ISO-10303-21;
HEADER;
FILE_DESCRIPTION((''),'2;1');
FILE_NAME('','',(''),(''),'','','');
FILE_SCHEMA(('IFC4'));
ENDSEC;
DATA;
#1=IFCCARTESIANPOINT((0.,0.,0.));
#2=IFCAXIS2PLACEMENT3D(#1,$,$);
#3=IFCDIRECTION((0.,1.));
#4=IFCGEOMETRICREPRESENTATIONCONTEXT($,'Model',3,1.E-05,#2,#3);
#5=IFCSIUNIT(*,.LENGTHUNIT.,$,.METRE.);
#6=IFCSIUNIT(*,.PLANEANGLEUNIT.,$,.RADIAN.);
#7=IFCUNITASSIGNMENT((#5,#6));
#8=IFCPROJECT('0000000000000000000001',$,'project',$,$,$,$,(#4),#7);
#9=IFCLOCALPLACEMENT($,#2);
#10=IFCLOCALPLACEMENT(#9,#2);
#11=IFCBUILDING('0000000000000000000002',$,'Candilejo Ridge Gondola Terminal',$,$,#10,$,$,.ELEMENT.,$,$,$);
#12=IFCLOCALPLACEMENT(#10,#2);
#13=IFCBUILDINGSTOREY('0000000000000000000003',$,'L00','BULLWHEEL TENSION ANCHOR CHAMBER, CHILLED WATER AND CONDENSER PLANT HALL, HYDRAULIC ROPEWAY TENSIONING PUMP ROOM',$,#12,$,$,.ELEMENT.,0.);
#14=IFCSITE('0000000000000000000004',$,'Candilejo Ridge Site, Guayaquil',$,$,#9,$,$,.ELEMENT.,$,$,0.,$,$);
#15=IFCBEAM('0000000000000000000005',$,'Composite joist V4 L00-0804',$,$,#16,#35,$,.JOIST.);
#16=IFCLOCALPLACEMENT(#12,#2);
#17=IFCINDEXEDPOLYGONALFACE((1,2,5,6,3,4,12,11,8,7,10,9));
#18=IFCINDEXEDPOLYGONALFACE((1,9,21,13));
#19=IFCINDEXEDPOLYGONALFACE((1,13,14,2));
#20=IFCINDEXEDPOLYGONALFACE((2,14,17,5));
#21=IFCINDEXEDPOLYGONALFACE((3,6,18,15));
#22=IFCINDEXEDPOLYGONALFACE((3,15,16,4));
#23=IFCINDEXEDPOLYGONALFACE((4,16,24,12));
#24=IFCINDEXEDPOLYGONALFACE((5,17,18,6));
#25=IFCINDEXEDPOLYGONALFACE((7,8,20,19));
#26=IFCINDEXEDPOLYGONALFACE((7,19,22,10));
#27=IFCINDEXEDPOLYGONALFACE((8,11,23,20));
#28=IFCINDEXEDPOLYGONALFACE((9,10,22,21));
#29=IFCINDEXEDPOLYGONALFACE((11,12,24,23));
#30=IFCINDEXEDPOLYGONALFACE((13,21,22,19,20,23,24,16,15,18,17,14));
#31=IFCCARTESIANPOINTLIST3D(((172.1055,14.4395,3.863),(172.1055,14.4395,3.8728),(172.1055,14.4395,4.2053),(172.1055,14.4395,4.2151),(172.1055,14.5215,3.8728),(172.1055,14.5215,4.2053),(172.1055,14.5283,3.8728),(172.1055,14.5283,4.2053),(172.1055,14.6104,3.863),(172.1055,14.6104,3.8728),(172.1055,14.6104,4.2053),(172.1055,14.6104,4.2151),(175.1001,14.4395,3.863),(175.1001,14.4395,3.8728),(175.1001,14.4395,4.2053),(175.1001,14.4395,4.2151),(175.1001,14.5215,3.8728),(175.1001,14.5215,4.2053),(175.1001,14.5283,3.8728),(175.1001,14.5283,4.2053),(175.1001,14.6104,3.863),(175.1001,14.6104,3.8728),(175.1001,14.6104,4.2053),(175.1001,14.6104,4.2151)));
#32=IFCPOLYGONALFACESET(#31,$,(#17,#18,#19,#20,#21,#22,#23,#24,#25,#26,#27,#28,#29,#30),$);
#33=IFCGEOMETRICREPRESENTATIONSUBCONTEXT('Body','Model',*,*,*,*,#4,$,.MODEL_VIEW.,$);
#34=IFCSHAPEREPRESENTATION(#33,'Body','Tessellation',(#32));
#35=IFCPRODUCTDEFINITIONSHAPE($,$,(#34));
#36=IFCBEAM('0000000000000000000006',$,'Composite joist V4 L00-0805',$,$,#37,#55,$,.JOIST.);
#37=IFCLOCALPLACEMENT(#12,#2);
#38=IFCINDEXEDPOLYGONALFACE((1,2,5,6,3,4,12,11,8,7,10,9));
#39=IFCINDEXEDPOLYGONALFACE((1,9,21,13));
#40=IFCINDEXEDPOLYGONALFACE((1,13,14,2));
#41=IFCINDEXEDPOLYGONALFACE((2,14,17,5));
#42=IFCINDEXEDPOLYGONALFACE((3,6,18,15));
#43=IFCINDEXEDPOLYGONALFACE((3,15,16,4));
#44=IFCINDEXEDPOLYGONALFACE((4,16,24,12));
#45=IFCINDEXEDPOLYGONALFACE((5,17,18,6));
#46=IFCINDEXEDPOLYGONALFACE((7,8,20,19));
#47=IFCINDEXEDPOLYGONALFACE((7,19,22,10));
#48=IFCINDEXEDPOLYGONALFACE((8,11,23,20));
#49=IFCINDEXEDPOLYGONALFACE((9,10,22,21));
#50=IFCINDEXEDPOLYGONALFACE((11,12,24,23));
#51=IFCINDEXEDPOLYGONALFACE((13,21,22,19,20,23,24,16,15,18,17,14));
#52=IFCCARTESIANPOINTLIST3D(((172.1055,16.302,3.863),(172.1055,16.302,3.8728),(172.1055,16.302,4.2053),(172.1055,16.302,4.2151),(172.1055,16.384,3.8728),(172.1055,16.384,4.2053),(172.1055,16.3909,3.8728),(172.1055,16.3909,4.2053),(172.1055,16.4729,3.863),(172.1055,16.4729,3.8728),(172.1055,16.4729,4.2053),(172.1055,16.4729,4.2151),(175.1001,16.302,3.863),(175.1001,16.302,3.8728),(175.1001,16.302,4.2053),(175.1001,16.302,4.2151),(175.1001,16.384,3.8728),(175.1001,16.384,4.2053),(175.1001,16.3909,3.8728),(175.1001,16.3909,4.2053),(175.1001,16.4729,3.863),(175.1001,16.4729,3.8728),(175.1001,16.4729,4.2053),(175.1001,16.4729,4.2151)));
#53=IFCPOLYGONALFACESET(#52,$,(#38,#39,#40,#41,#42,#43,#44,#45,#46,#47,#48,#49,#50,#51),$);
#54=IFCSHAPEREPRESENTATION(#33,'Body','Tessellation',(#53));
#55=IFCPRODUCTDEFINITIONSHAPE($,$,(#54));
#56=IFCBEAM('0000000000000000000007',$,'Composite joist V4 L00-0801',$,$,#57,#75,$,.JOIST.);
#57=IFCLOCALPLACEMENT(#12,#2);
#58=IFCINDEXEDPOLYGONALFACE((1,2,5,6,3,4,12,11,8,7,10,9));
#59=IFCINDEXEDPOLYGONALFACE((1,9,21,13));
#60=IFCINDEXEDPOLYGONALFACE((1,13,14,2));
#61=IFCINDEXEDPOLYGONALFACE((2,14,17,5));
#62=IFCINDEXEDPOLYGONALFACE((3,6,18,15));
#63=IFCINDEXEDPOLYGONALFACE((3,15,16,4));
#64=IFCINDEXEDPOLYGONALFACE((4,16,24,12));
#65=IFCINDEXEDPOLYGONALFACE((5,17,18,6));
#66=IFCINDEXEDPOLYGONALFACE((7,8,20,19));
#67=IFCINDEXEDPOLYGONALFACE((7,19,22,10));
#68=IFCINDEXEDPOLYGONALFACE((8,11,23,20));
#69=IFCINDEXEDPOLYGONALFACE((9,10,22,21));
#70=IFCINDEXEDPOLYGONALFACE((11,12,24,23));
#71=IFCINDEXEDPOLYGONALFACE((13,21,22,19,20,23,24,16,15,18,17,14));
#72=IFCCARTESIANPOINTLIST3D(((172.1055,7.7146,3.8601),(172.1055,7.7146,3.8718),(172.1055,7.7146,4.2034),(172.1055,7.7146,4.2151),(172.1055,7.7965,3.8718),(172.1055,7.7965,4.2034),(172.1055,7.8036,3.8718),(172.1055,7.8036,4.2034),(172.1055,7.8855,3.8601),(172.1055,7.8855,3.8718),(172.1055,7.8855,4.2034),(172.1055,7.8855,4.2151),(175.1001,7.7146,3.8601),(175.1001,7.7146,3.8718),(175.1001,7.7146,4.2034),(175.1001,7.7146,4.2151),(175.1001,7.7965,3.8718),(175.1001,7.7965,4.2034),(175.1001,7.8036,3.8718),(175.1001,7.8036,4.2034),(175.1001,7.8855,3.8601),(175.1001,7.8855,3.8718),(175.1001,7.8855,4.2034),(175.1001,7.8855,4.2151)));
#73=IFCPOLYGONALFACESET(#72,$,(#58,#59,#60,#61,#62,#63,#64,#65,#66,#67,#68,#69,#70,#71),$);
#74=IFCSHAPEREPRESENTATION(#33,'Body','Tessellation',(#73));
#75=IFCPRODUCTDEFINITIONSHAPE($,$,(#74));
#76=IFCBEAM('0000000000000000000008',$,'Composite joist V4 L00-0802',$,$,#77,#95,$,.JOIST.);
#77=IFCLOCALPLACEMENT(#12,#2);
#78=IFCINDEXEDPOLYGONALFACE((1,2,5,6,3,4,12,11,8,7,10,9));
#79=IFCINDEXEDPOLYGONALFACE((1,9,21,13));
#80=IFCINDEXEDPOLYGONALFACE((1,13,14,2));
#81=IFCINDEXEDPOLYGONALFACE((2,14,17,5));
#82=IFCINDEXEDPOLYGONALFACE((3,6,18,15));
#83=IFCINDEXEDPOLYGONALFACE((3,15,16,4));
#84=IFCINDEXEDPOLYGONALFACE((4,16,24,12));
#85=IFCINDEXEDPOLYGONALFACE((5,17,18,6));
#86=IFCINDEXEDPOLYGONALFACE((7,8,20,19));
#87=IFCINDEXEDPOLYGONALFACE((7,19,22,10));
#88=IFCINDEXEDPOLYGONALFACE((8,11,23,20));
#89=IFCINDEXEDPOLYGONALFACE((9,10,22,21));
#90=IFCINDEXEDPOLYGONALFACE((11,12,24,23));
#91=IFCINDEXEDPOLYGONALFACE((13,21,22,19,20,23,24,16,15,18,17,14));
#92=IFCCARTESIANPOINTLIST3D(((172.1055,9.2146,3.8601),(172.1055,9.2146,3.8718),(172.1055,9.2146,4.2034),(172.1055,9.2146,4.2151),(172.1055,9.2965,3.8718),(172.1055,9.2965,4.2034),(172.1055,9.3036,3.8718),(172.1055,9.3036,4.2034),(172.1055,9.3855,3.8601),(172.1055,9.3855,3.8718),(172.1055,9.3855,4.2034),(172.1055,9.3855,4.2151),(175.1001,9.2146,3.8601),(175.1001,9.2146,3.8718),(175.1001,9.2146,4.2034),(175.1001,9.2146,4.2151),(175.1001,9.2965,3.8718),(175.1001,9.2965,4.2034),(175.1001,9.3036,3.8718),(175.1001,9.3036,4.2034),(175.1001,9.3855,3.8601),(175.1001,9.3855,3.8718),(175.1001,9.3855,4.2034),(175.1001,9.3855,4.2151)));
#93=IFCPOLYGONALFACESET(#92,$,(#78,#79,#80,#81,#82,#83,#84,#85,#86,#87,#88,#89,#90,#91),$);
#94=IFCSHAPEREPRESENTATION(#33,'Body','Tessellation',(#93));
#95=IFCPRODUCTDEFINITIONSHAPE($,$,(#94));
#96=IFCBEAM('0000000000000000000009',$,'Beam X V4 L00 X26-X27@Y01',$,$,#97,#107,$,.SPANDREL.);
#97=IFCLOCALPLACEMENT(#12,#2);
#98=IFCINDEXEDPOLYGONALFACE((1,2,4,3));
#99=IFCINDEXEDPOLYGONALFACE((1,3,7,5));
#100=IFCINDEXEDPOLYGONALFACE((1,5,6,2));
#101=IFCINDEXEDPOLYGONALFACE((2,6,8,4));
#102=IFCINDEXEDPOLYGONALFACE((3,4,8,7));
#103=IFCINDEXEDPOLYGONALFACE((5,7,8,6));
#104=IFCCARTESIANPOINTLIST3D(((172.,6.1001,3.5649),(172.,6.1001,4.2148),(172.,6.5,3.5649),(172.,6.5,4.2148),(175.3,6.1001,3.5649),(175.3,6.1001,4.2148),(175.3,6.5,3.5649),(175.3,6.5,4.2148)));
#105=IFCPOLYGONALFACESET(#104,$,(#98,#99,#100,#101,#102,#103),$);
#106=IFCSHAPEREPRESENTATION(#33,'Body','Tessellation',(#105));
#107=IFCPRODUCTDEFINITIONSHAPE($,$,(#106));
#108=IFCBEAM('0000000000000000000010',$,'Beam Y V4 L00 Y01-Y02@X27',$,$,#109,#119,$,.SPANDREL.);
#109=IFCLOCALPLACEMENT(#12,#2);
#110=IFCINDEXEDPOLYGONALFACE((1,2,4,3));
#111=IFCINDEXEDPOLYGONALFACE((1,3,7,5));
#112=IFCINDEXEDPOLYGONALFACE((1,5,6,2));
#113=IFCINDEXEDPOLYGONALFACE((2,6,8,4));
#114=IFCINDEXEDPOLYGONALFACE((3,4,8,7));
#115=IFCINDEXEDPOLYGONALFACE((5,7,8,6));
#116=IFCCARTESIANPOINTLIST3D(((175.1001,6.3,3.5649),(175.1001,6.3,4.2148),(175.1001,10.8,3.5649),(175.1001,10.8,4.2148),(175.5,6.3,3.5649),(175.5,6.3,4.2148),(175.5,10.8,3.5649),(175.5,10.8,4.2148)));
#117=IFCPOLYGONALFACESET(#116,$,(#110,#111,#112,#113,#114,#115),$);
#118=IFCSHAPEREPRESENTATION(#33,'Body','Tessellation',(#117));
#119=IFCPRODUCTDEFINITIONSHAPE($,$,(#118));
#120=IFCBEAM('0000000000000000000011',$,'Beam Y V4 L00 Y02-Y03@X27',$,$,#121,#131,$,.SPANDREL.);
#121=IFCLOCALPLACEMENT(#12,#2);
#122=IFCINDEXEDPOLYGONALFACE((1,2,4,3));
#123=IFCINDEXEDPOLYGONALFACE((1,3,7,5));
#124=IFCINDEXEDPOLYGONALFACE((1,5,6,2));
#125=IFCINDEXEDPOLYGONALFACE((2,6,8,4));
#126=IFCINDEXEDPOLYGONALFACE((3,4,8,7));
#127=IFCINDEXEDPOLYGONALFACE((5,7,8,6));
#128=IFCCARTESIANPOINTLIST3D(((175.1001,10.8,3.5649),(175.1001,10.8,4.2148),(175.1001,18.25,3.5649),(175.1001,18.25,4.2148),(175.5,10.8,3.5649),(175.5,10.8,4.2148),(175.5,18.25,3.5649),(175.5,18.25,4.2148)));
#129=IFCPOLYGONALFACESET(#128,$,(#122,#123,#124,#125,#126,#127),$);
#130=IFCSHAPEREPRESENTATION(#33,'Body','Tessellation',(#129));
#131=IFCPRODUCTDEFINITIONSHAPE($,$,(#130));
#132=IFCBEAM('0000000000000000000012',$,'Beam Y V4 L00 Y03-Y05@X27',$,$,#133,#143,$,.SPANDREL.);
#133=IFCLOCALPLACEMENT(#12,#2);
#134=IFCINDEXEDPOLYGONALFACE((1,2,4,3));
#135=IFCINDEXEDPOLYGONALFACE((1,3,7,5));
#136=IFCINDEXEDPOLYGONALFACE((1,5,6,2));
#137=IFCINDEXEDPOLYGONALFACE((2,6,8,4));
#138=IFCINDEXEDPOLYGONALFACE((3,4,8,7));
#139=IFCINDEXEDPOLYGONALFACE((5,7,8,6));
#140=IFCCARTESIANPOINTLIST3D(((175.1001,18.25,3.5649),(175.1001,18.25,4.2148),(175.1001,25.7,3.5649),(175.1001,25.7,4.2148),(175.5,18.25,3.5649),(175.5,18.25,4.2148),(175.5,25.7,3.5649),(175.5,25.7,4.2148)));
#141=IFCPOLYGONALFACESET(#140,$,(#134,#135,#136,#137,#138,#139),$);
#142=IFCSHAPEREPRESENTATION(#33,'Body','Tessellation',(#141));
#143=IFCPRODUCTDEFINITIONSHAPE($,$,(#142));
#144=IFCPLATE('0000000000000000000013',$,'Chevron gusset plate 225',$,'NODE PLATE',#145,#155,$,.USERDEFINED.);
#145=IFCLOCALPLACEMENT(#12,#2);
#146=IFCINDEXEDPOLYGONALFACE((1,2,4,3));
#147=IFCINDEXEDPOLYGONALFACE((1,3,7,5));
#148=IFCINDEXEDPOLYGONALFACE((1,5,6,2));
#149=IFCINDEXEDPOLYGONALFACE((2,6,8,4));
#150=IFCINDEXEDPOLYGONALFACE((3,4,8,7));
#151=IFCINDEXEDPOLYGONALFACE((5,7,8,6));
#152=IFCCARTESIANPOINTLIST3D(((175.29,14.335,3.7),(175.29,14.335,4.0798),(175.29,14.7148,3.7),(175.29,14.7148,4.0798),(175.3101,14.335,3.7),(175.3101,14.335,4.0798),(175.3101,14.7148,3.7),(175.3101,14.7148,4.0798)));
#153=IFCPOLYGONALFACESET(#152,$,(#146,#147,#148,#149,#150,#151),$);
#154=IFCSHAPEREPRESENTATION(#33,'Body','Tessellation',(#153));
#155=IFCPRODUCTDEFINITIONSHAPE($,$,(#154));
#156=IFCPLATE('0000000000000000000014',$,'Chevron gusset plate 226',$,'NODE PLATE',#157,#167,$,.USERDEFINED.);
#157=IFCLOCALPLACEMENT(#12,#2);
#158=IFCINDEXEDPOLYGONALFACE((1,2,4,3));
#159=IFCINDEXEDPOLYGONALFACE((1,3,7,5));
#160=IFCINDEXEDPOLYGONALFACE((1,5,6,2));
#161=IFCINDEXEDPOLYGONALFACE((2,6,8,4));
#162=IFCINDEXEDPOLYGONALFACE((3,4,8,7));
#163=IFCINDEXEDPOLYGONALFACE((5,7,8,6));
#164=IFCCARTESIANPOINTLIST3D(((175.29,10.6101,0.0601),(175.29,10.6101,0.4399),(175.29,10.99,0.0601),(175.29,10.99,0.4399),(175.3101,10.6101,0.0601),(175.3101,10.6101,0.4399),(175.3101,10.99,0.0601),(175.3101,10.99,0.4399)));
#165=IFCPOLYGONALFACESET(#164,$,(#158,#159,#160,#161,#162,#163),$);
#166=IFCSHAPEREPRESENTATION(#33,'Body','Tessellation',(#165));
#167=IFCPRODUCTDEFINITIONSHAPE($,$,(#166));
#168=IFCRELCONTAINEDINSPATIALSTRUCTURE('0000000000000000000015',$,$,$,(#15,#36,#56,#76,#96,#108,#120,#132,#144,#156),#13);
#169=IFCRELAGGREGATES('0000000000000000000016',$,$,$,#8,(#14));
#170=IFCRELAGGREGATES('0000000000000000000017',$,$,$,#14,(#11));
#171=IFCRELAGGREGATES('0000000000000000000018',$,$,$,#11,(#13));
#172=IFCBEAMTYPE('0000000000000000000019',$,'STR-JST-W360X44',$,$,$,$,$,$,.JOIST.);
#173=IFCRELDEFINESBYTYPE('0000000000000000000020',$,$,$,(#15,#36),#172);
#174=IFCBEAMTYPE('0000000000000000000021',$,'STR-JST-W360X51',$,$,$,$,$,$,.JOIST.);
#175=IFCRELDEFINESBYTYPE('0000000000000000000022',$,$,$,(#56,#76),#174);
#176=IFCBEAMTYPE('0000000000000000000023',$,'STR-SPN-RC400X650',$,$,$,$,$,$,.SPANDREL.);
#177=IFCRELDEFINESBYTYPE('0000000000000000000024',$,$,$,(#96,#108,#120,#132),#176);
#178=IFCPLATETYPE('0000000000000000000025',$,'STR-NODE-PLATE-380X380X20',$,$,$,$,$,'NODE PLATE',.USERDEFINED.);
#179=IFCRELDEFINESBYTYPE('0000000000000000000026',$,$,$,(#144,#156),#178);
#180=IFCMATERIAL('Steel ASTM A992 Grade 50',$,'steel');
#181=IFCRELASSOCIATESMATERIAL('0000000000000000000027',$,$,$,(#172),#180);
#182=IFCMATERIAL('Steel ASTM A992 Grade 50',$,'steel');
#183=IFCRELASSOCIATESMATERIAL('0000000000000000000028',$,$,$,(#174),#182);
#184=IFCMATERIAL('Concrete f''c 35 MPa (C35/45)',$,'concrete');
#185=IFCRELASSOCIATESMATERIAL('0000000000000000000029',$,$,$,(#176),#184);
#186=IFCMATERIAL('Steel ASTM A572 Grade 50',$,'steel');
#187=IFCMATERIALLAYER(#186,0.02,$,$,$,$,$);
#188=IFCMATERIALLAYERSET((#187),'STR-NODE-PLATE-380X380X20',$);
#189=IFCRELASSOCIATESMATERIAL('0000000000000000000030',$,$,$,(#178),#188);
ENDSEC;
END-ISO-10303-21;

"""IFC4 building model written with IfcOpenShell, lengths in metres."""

from ifc_helpers import new_model, si_unit, direction, frame, origin, origin_2d, place, context, subcontext, project, spatial, rectangle, i_section, extrude, material, layer, layer_set, material_profile, profile_set, type_object, element, save


model = new_model("IFC4")

# Units and contexts
model_context = context("Model", 3, precision=1e-05, world=origin(), true_north=direction((0.0, 1.0)))
body_context = subcontext(model_context, "Body", "Model", "MODEL_VIEW")
ifc_project = project(units=[si_unit("LENGTHUNIT", "METRE"), si_unit("PLANEANGLEUNIT", "RADIAN")], contexts=[model_context])

# Site, building, storey
site_placement = place(None, origin())
site = spatial("IfcSite", under=ifc_project, at=site_placement, Name="Candilejo Ridge Site, Guayaquil", CompositionType="ELEMENT", RefElevation=0.0)
building_placement = place(site_placement, origin())
building = spatial("IfcBuilding", under=site, at=building_placement, Name="Candilejo Ridge Gondola Terminal", CompositionType="ELEMENT")
storey_placement = place(building_placement, origin())
storey = spatial("IfcBuildingStorey", under=building, at=storey_placement, Name="L00", Description="BULLWHEEL TENSION ANCHOR CHAMBER, CHILLED WATER AND CONDENSER PLANT HALL, HYDRAULIC ROPEWAY TENSIONING PUMP ROOM", CompositionType="ELEMENT", Elevation=0.0)

# Beams
ifc_material_1 = material(Name="Steel ASTM A992 Grade 50", Category="steel")
ifc_material_profile_1 = material_profile(ifc_material_1, i_section(OverallWidth=0.1709, OverallDepth=0.3521, WebThickness=0.0068, FlangeThickness=0.0098, at=origin_2d()))
ifc_profile_set_1 = profile_set([ifc_material_profile_1], Name="Steel ASTM A992 Grade 50")
beam_type_1 = type_object("IfcBeamType", Name="STR-JST-W360X44", PredefinedType="JOIST", material=ifc_profile_set_1)
for number, where, z_axis, x_axis, name in (
    (1, (172.1055, 14.5249, 4.0391), (1.0, 0.0, 0.0), (0.0, 1.0, 0.0), "Composite joist V4 L00-0804"),
    (2, (172.1055, 16.3875, 4.0391), (1.0, 0.0, 0.0), (0.0, 1.0, 0.0), "Composite joist V4 L00-0805"),
):
    element("IfcBeam", number, at=place(storey_placement, frame(where, z_axis=z_axis, x_axis=x_axis)), inside=storey, type_object=beam_type_1, Name=name, PredefinedType="JOIST", context=body_context, shape_type="SweptSolid", body=[
        extrude(i_section(OverallWidth=0.1709, OverallDepth=0.3521, WebThickness=0.0068, FlangeThickness=0.0098, at=origin_2d()), origin(), (0.0, 0.0, 1.0), 2.9946),
    ])
ifc_material_2 = material(Name="Steel ASTM A992 Grade 50", Category="steel")
ifc_material_profile_2 = material_profile(ifc_material_2, i_section(OverallWidth=0.1709, OverallDepth=0.355, WebThickness=0.0071, FlangeThickness=0.0117, at=origin_2d()))
ifc_profile_set_2 = profile_set([ifc_material_profile_2], Name="Steel ASTM A992 Grade 50")
beam_type_2 = type_object("IfcBeamType", Name="STR-JST-W360X51", PredefinedType="JOIST", material=ifc_profile_set_2)
for number, where, z_axis, x_axis, name in (
    (3, (172.1055, 7.8, 4.0376), (1.0, 0.0, 0.0), (0.0, 1.0, 0.0), "Composite joist V4 L00-0801"),
    (4, (172.1055, 9.3, 4.0376), (1.0, 0.0, 0.0), (0.0, 1.0, 0.0), "Composite joist V4 L00-0802"),
):
    element("IfcBeam", number, at=place(storey_placement, frame(where, z_axis=z_axis, x_axis=x_axis)), inside=storey, type_object=beam_type_2, Name=name, PredefinedType="JOIST", context=body_context, shape_type="SweptSolid", body=[
        extrude(i_section(OverallWidth=0.1709, OverallDepth=0.355, WebThickness=0.0071, FlangeThickness=0.0117, at=origin_2d()), origin(), (0.0, 0.0, 1.0), 2.9946),
    ])
ifc_material_3 = material(Name="Concrete f'c 35 MPa (C35/45)", Category="concrete")
ifc_material_profile_3 = material_profile(ifc_material_3, rectangle(XDim=0.3999, YDim=0.6499, at=origin_2d()))
ifc_profile_set_3 = profile_set([ifc_material_profile_3], Name="Concrete f'c 35 MPa (C35/45)")
beam_type_3 = type_object("IfcBeamType", Name="STR-SPN-RC400X650", PredefinedType="SPANDREL", material=ifc_profile_set_3)
beam_1_placement = place(storey_placement, frame((172.0, 6.3, 3.8899), z_axis=(1.0, 0.0, 0.0), x_axis=(0.0, 1.0, 0.0)))
element("IfcBeam", 5, at=beam_1_placement, inside=storey, type_object=beam_type_3, Name="Beam X V4 L00 X26-X27@Y01", PredefinedType="SPANDREL", context=body_context, shape_type="SweptSolid", body=[
    extrude(rectangle(XDim=0.3999, YDim=0.6499, at=origin_2d()), origin(), (0.0, 0.0, 1.0), 3.3),
])
beam_2_placement = place(storey_placement, frame((175.3, 6.3, 3.8899), z_axis=(0.0, 1.0, 0.0), x_axis=(-1.0, 0.0, 0.0)))
element("IfcBeam", 6, at=beam_2_placement, inside=storey, type_object=beam_type_3, Name="Beam Y V4 L00 Y01-Y02@X27", PredefinedType="SPANDREL", context=body_context, shape_type="SweptSolid", body=[
    extrude(rectangle(XDim=0.3999, YDim=0.6499, at=origin_2d()), origin(), (0.0, 0.0, 1.0), 4.5),
])
for number, where, z_axis, x_axis, name in (
    (7, (175.3, 10.8, 3.8899), (0.0, 1.0, 0.0), (-1.0, 0.0, 0.0), "Beam Y V4 L00 Y02-Y03@X27"),
    (8, (175.3, 18.25, 3.8899), (0.0, 1.0, 0.0), (-1.0, 0.0, 0.0), "Beam Y V4 L00 Y03-Y05@X27"),
):
    element("IfcBeam", number, at=place(storey_placement, frame(where, z_axis=z_axis, x_axis=x_axis)), inside=storey, type_object=beam_type_3, Name=name, PredefinedType="SPANDREL", context=body_context, shape_type="SweptSolid", body=[
        extrude(rectangle(XDim=0.3999, YDim=0.6499, at=origin_2d()), origin(), (0.0, 0.0, 1.0), 7.45),
    ])

# Plates
ifc_material_4 = material(Name="Steel ASTM A572 Grade 50", Category="steel")
ifc_layer_1 = layer(ifc_material_4, 0.02)
ifc_layer_set_1 = layer_set([ifc_layer_1], Name="STR-NODE-PLATE-380X380X20")
plate_type = type_object("IfcPlateType", Name="STR-NODE-PLATE-380X380X20", ElementType="NODE PLATE", PredefinedType="USERDEFINED", material=ifc_layer_set_1)
for number, where, z_axis, x_axis, name in (
    (9, (175.3, 14.5249, 3.7), (0.0, 0.0, 1.0), (1.0, 0.0, 0.0), "Chevron gusset plate 225"),
    (10, (175.3, 10.8, 0.0601), (0.0, 0.0, 1.0), (1.0, 0.0, 0.0), "Chevron gusset plate 226"),
):
    element("IfcPlate", number, at=place(storey_placement, frame(where, z_axis=z_axis, x_axis=x_axis)), inside=storey, type_object=plate_type, Name=name, ObjectType="NODE PLATE", PredefinedType="USERDEFINED", context=body_context, shape_type="SweptSolid", body=[
        extrude(rectangle(XDim=0.02, YDim=0.3799, at=origin_2d()), origin(), (0.0, 0.0, 1.0), 0.3799),
    ])

save(model, "model.ifc")
